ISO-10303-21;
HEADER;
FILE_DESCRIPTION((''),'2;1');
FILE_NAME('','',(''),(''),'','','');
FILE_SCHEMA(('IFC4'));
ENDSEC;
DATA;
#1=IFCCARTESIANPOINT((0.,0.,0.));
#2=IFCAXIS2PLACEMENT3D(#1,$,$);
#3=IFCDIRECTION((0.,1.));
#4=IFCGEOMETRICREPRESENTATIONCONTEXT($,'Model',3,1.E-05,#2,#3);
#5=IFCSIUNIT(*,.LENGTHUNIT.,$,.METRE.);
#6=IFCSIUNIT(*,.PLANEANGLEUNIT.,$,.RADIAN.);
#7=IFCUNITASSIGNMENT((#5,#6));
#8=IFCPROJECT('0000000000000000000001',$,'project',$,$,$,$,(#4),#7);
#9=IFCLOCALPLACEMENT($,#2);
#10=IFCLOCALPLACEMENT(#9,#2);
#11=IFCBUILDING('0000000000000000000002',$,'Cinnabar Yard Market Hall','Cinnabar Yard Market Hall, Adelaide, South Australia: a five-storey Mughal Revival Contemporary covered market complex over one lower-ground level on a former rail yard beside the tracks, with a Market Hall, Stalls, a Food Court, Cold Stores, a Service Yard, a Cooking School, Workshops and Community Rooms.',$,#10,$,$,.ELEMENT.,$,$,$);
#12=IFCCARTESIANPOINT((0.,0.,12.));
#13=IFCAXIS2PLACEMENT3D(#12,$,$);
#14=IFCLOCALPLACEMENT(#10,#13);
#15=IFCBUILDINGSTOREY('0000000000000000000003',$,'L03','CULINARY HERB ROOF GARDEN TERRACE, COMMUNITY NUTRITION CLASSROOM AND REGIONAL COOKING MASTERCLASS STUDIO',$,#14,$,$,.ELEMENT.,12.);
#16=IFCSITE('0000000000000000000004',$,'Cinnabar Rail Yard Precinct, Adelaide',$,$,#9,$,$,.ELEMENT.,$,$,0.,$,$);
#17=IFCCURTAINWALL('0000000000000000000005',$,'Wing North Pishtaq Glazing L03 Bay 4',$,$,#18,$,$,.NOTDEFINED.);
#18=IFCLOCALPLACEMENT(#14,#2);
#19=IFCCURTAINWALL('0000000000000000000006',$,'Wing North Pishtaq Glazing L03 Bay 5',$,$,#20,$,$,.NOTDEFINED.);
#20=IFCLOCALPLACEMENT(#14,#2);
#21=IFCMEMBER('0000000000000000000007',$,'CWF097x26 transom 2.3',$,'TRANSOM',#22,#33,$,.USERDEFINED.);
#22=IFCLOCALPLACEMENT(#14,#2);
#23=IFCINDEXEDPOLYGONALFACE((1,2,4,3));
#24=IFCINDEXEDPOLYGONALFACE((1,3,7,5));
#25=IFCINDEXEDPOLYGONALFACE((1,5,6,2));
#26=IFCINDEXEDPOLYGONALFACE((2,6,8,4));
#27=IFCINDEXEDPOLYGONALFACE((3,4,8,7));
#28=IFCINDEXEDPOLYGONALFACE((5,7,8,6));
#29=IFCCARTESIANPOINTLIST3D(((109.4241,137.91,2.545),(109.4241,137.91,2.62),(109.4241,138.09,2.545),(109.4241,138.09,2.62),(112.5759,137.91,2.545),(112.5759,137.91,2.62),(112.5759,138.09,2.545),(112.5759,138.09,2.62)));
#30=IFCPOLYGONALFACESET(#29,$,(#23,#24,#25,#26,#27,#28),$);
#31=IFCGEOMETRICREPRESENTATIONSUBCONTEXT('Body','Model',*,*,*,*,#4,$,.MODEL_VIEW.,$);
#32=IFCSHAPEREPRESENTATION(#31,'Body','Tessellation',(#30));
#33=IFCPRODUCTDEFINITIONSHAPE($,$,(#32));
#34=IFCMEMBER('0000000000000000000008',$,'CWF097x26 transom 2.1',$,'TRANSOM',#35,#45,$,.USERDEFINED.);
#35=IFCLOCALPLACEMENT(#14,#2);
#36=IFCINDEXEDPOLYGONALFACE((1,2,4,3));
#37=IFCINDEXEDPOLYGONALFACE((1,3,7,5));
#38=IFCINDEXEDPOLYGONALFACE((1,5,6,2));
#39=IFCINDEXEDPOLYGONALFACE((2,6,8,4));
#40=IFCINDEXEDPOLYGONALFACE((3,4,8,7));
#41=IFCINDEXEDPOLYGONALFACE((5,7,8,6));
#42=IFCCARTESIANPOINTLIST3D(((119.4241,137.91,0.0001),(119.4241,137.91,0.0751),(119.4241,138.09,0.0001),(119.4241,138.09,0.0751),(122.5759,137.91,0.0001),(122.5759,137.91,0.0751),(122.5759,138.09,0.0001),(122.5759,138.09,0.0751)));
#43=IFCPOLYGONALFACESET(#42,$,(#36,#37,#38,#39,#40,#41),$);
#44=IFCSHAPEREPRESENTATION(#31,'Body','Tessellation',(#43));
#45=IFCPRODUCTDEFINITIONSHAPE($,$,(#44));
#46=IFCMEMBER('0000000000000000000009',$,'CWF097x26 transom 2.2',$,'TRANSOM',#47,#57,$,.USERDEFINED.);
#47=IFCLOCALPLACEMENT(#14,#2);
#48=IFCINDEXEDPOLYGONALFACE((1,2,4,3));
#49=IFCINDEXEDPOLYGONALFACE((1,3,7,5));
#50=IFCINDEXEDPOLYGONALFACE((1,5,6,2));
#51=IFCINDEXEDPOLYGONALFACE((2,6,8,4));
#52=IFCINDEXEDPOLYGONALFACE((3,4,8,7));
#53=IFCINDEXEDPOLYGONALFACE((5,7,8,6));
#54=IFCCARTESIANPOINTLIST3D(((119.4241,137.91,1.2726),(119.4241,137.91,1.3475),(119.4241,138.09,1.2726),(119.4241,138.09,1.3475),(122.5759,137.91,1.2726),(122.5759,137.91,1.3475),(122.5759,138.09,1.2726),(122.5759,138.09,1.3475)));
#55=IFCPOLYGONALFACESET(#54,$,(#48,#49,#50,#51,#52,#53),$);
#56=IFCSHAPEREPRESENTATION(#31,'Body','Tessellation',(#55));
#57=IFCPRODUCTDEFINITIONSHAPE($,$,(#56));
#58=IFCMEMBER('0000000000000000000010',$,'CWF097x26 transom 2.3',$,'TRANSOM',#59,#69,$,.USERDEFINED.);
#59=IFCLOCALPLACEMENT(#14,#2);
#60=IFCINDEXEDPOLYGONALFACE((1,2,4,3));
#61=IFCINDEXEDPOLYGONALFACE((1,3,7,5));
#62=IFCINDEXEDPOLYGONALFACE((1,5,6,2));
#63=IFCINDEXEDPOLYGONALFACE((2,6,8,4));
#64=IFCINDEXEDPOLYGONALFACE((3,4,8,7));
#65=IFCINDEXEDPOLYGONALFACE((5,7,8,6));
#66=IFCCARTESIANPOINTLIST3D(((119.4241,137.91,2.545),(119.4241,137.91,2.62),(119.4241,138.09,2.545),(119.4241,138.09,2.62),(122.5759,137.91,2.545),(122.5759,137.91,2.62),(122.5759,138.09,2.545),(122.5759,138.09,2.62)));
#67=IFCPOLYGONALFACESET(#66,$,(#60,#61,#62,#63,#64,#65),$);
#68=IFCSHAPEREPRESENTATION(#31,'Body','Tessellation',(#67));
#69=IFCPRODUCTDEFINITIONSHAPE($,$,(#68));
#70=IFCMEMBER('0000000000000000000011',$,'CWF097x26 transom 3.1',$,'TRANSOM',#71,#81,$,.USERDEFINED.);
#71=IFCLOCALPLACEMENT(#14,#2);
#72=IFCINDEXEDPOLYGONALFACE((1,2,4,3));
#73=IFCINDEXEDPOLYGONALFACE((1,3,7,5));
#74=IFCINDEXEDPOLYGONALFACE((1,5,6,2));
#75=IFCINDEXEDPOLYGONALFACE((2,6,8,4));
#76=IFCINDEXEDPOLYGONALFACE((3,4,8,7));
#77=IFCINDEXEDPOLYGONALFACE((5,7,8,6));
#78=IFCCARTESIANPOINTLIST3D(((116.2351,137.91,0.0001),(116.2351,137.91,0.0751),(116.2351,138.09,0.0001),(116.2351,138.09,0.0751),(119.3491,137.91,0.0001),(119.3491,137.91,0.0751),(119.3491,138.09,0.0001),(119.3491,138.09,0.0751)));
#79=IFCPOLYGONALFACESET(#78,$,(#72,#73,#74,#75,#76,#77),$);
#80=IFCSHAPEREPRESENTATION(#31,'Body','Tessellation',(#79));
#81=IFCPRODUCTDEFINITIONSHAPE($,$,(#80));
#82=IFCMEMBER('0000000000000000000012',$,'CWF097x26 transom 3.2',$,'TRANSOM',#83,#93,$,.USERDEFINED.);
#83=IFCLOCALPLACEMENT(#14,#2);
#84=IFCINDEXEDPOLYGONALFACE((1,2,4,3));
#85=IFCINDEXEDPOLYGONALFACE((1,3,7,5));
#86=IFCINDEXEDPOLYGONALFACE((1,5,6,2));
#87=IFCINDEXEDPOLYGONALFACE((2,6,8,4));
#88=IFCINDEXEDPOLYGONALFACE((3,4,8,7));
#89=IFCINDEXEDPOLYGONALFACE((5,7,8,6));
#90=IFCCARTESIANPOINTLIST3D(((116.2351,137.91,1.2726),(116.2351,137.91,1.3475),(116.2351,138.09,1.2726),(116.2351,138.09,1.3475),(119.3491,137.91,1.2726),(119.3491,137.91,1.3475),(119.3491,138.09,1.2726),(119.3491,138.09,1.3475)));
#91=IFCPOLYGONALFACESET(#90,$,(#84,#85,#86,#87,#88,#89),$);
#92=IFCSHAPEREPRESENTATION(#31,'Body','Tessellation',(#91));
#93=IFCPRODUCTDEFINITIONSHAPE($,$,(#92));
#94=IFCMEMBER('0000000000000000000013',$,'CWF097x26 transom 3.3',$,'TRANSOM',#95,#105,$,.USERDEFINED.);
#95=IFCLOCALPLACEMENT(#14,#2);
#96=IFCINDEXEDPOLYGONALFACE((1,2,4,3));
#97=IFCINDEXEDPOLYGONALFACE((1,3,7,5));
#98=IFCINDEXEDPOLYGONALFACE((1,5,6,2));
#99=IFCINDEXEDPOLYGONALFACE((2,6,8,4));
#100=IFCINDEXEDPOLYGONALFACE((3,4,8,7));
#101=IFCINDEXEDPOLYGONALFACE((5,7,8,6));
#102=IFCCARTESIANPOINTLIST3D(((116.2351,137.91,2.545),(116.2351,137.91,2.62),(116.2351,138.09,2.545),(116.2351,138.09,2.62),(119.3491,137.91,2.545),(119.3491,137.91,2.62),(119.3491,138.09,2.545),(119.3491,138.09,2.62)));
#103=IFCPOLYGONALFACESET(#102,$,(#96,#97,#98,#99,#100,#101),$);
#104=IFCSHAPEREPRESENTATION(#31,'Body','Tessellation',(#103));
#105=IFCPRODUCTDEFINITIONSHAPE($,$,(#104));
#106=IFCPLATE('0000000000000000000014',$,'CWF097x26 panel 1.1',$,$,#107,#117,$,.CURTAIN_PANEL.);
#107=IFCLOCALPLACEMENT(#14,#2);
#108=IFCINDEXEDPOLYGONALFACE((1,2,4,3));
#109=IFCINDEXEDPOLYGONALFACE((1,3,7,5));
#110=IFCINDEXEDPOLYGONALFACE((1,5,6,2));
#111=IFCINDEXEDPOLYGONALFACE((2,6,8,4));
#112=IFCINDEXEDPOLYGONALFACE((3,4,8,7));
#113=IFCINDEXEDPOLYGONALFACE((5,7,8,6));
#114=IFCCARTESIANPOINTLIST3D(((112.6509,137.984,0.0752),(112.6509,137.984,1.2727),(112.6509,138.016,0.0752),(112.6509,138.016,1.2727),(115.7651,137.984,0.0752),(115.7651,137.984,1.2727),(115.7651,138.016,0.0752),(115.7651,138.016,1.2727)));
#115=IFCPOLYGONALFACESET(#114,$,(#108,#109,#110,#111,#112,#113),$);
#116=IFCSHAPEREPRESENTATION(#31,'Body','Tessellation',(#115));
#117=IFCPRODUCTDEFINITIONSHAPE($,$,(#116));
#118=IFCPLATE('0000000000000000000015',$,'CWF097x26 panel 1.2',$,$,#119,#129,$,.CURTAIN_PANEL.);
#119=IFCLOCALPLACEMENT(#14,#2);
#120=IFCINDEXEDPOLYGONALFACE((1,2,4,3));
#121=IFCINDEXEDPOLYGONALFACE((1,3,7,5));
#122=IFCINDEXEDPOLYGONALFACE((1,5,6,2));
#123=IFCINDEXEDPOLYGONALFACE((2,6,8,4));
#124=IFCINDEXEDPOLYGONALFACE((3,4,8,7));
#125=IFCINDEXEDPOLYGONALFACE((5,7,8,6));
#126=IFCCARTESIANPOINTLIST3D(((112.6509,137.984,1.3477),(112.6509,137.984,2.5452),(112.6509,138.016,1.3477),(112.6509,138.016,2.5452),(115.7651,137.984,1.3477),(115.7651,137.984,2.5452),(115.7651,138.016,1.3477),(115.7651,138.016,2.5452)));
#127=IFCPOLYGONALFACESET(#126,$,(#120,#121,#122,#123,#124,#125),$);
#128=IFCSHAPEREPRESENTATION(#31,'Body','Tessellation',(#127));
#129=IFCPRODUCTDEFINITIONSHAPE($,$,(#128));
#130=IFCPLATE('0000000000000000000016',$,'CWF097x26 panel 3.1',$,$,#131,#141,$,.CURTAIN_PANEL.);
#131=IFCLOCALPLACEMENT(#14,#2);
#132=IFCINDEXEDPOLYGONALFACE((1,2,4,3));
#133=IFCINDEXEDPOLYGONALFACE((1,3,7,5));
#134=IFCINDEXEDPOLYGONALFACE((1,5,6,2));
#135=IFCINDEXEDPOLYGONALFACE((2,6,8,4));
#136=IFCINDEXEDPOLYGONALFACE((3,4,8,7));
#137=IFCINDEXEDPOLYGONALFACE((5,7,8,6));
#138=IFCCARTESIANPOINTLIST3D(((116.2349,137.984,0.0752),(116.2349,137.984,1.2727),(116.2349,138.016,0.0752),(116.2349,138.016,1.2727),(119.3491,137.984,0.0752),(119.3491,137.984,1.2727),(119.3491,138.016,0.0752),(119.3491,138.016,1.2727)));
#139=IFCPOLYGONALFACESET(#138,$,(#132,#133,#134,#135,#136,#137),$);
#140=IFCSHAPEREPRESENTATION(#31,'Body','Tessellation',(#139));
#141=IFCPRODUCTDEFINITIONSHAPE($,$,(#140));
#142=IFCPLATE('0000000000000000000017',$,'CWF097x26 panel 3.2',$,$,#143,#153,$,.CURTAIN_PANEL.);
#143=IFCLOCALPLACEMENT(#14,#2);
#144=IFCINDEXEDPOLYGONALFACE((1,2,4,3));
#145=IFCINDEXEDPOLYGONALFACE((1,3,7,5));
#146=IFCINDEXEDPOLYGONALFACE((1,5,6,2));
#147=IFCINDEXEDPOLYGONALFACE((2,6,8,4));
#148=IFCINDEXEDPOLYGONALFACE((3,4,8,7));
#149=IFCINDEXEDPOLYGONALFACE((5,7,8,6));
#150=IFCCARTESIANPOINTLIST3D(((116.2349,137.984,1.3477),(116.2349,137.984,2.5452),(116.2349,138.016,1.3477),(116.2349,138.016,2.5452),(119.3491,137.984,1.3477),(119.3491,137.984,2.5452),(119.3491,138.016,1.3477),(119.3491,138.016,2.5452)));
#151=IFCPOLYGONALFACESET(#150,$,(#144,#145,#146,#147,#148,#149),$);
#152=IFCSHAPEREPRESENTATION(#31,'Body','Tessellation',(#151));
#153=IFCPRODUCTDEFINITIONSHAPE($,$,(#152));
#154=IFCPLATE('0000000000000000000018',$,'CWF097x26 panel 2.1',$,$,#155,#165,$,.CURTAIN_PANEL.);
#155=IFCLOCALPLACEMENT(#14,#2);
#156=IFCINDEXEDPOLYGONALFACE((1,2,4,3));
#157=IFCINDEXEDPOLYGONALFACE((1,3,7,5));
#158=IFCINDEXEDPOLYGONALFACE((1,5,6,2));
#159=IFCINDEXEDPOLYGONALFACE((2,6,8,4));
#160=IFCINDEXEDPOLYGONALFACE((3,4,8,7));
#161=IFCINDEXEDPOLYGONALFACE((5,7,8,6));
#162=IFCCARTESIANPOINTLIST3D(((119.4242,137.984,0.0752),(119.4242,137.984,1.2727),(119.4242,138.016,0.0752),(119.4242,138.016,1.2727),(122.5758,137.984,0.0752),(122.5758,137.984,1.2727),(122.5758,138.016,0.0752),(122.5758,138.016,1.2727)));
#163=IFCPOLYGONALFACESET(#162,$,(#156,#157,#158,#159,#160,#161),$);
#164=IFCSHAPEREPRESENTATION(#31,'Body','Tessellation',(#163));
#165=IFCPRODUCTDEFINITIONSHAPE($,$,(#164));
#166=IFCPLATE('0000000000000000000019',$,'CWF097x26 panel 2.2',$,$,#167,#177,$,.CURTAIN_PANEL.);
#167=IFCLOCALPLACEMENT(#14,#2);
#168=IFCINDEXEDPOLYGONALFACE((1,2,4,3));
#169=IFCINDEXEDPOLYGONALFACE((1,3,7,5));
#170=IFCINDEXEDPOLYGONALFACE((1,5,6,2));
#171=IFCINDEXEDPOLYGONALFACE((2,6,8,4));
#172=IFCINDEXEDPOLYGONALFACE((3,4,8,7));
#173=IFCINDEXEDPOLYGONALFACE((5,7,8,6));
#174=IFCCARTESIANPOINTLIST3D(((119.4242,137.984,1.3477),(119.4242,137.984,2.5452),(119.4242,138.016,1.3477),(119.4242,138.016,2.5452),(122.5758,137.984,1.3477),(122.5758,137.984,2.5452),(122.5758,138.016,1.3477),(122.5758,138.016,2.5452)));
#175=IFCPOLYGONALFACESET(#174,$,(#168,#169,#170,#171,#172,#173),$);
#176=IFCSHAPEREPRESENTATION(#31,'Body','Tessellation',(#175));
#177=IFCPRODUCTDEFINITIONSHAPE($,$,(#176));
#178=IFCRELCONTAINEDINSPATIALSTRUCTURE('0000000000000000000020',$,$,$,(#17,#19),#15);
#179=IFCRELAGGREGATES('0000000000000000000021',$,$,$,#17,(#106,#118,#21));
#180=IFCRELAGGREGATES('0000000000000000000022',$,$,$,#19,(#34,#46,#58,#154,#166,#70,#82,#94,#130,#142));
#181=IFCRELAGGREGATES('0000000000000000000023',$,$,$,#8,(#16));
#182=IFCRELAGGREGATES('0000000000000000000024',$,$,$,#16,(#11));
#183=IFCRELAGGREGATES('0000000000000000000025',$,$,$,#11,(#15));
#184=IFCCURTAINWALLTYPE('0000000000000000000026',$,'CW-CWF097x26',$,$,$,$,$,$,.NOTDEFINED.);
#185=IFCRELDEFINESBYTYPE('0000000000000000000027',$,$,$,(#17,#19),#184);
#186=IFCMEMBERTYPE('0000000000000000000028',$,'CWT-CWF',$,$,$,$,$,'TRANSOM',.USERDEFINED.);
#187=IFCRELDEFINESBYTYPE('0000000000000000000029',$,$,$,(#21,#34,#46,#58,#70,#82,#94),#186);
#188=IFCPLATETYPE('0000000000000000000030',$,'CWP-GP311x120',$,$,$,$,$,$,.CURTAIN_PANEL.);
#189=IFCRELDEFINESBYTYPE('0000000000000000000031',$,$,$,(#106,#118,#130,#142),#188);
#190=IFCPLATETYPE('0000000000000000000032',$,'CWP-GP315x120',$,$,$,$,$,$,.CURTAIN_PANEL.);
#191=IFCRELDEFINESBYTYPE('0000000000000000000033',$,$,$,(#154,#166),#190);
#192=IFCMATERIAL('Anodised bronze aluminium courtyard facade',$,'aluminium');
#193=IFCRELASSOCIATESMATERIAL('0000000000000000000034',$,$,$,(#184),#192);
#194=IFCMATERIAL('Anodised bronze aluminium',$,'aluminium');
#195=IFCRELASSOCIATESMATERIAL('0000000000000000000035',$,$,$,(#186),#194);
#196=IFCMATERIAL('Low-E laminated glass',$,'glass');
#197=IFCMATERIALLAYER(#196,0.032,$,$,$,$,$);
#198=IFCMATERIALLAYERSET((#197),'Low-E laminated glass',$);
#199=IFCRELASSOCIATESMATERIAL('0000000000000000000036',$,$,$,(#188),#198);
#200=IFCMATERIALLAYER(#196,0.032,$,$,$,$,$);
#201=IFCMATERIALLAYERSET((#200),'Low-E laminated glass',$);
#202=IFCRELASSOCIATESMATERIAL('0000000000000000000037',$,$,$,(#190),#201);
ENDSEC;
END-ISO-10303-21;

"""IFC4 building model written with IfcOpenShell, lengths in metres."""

from ifc_helpers import new_model, si_unit, direction, frame, origin, origin_2d_with_axis, place, context, subcontext, project, spatial, rectangle, extrude, material, layer, layer_set, material_profile, profile_set, type_object, element, aggregate, save


model = new_model("IFC4")

# Units and contexts
model_context = context("Model", 3, precision=1e-05, world=origin(), true_north=direction((0.0, 1.0)))
body_context = subcontext(model_context, "Body", "Model", "MODEL_VIEW")
ifc_project = project(units=[si_unit("LENGTHUNIT", "METRE"), si_unit("PLANEANGLEUNIT", "RADIAN")], contexts=[model_context])

# Site, building, storey
site_placement = place(None, origin())
site = spatial("IfcSite", under=ifc_project, at=site_placement, Name="Cinnabar Rail Yard Precinct, Adelaide", CompositionType="ELEMENT", RefElevation=0.0)
building_placement = place(site_placement, origin())
building = spatial("IfcBuilding", under=site, at=building_placement, Name="Cinnabar Yard Market Hall", Description="Cinnabar Yard Market Hall, Adelaide, South Australia: a five-storey Mughal Revival Contemporary covered market complex over one lower-ground level on a former rail yard beside the tracks, with a Market Hall, Stalls, a Food Court, Cold Stores, a Service Yard, a Cooking School, Workshops and Community Rooms.", CompositionType="ELEMENT")
storey_placement = place(building_placement, frame((0.0, 0.0, 12.0)))
storey = spatial("IfcBuildingStorey", under=building, at=storey_placement, Name="L03", Description="CULINARY HERB ROOF GARDEN TERRACE, COMMUNITY NUTRITION CLASSROOM AND REGIONAL COOKING MASTERCLASS STUDIO", CompositionType="ELEMENT", Elevation=12.0)

# Curtain walls
ifc_material_1 = material(Name="Anodised bronze aluminium courtyard facade", Category="aluminium")
curtain_wall_type = type_object("IfcCurtainWallType", Name="CW-CWF097x26", PredefinedType="NOTDEFINED", material=ifc_material_1)
curtain_wall_1_placement = place(storey_placement, origin())
curtain_wall_1 = element("IfcCurtainWall", 1, at=curtain_wall_1_placement, inside=storey, type_object=curtain_wall_type, Name="Wing North Pishtaq Glazing L03 Bay 4", PredefinedType="NOTDEFINED")
ifc_material_2 = material(Name="Anodised bronze aluminium", Category="aluminium")
curtain_wall_2_placement = place(storey_placement, origin())
curtain_wall_2 = element("IfcCurtainWall", 2, at=curtain_wall_2_placement, inside=storey, type_object=curtain_wall_type, Name="Wing North Pishtaq Glazing L03 Bay 5", PredefinedType="NOTDEFINED")

# Members
ifc_material_profile_1 = material_profile(ifc_material_2, rectangle(XDim=0.1799, YDim=0.075, at=origin_2d_with_axis()), Name="TRN-CWF")
ifc_profile_set_1 = profile_set([ifc_material_profile_1], Name="Anodised bronze aluminium")
member_type_1 = type_object("IfcMemberType", Name="CWT-CWF", ElementType="TRANSOM", PredefinedType="USERDEFINED", material=ifc_profile_set_1)
member_1_placement = place(storey_placement, frame((112.5759, 138.0, 2.5825), z_axis=(-1.0, 0.0, 0.0), x_axis=(0.0, -1.0, 0.0)))
member_1 = element("IfcMember", 3, at=member_1_placement, type_object=member_type_1, Name="CWF097x26 transom 2.3", ObjectType="TRANSOM", PredefinedType="USERDEFINED", context=body_context, shape_type="SweptSolid", body=[
    extrude(rectangle(XDim=0.1799, YDim=0.075, at=origin_2d_with_axis()), origin(), (0.0, 0.0, 1.0), 3.1519),
])
member_2_placement = place(storey_placement, frame((122.5759, 138.0, 0.0376), z_axis=(-1.0, 0.0, 0.0), x_axis=(0.0, -1.0, 0.0)))
member_2 = element("IfcMember", 4, at=member_2_placement, type_object=member_type_1, Name="CWF097x26 transom 2.1", ObjectType="TRANSOM", PredefinedType="USERDEFINED", context=body_context, shape_type="SweptSolid", body=[
    extrude(rectangle(XDim=0.1799, YDim=0.075, at=origin_2d_with_axis()), origin(), (0.0, 0.0, 1.0), 3.1519),
])
member_3_placement = place(storey_placement, frame((122.5759, 138.0, 1.3101), z_axis=(-1.0, 0.0, 0.0), x_axis=(0.0, -1.0, 0.0)))
member_3 = element("IfcMember", 5, at=member_3_placement, type_object=member_type_1, Name="CWF097x26 transom 2.2", ObjectType="TRANSOM", PredefinedType="USERDEFINED", context=body_context, shape_type="SweptSolid", body=[
    extrude(rectangle(XDim=0.1799, YDim=0.075, at=origin_2d_with_axis()), origin(), (0.0, 0.0, 1.0), 3.1519),
])
member_4_placement = place(storey_placement, frame((122.5759, 138.0, 2.5825), z_axis=(-1.0, 0.0, 0.0), x_axis=(0.0, -1.0, 0.0)))
member_4 = element("IfcMember", 6, at=member_4_placement, type_object=member_type_1, Name="CWF097x26 transom 2.3", ObjectType="TRANSOM", PredefinedType="USERDEFINED", context=body_context, shape_type="SweptSolid", body=[
    extrude(rectangle(XDim=0.1799, YDim=0.075, at=origin_2d_with_axis()), origin(), (0.0, 0.0, 1.0), 3.1519),
])
member_5_placement = place(storey_placement, frame((119.3491, 138.0, 0.0376), z_axis=(-1.0, 0.0, 0.0), x_axis=(0.0, -1.0, 0.0)))
member_5 = element("IfcMember", 7, at=member_5_placement, type_object=member_type_1, Name="CWF097x26 transom 3.1", ObjectType="TRANSOM", PredefinedType="USERDEFINED", context=body_context, shape_type="SweptSolid", body=[
    extrude(rectangle(XDim=0.1799, YDim=0.075, at=origin_2d_with_axis()), origin(), (0.0, 0.0, 1.0), 3.114),
])
member_6_placement = place(storey_placement, frame((119.3491, 138.0, 1.3101), z_axis=(-1.0, 0.0, 0.0), x_axis=(0.0, -1.0, 0.0)))
member_6 = element("IfcMember", 8, at=member_6_placement, type_object=member_type_1, Name="CWF097x26 transom 3.2", ObjectType="TRANSOM", PredefinedType="USERDEFINED", context=body_context, shape_type="SweptSolid", body=[
    extrude(rectangle(XDim=0.1799, YDim=0.075, at=origin_2d_with_axis()), origin(), (0.0, 0.0, 1.0), 3.114),
])
member_7_placement = place(storey_placement, frame((119.3491, 138.0, 2.5825), z_axis=(-1.0, 0.0, 0.0), x_axis=(0.0, -1.0, 0.0)))
member_7 = element("IfcMember", 9, at=member_7_placement, type_object=member_type_1, Name="CWF097x26 transom 3.3", ObjectType="TRANSOM", PredefinedType="USERDEFINED", context=body_context, shape_type="SweptSolid", body=[
    extrude(rectangle(XDim=0.1799, YDim=0.075, at=origin_2d_with_axis()), origin(), (0.0, 0.0, 1.0), 3.114),
])

# Plates
ifc_material_3 = material(Name="Low-E laminated glass", Category="glass")
ifc_layer_1 = layer(ifc_material_3, 0.032)
ifc_layer_set_1 = layer_set([ifc_layer_1], Name="Low-E laminated glass")
plate_type_1 = type_object("IfcPlateType", Name="CWP-GP311x120", PredefinedType="CURTAIN_PANEL", material=ifc_layer_set_1)
plate_1_placement = place(storey_placement, frame((114.208, 138.0, 0.0752), z_axis=(0.0, 0.0, 1.0), x_axis=(-1.0, 0.0, 0.0)))
plate_1 = element("IfcPlate", 10, at=plate_1_placement, type_object=plate_type_1, Name="CWF097x26 panel 1.1", PredefinedType="CURTAIN_PANEL", context=body_context, shape_type="SweptSolid", body=[
    extrude(rectangle(XDim=3.1143, YDim=0.032, at=origin_2d_with_axis()), origin(), (0.0, 0.0, 1.0), 1.1975),
])
plate_2_placement = place(storey_placement, frame((114.208, 138.0, 1.3477), z_axis=(0.0, 0.0, 1.0), x_axis=(-1.0, 0.0, 0.0)))
plate_2 = element("IfcPlate", 11, at=plate_2_placement, type_object=plate_type_1, Name="CWF097x26 panel 1.2", PredefinedType="CURTAIN_PANEL", context=body_context, shape_type="SweptSolid", body=[
    extrude(rectangle(XDim=3.1143, YDim=0.032, at=origin_2d_with_axis()), origin(), (0.0, 0.0, 1.0), 1.1975),
])
aggregate(curtain_wall_1, [plate_1, plate_2, member_1])
plate_3_placement = place(storey_placement, frame((117.792, 138.0, 0.0752), z_axis=(0.0, 0.0, 1.0), x_axis=(-1.0, 0.0, 0.0)))
plate_3 = element("IfcPlate", 12, at=plate_3_placement, type_object=plate_type_1, Name="CWF097x26 panel 3.1", PredefinedType="CURTAIN_PANEL", context=body_context, shape_type="SweptSolid", body=[
    extrude(rectangle(XDim=3.1143, YDim=0.032, at=origin_2d_with_axis()), origin(), (0.0, 0.0, 1.0), 1.1975),
])
plate_4_placement = place(storey_placement, frame((117.792, 138.0, 1.3477), z_axis=(0.0, 0.0, 1.0), x_axis=(-1.0, 0.0, 0.0)))
plate_4 = element("IfcPlate", 13, at=plate_4_placement, type_object=plate_type_1, Name="CWF097x26 panel 3.2", PredefinedType="CURTAIN_PANEL", context=body_context, shape_type="SweptSolid", body=[
    extrude(rectangle(XDim=3.1143, YDim=0.032, at=origin_2d_with_axis()), origin(), (0.0, 0.0, 1.0), 1.1975),
])
ifc_layer_2 = layer(ifc_material_3, 0.032)
ifc_layer_set_2 = layer_set([ifc_layer_2], Name="Low-E laminated glass")
plate_type_2 = type_object("IfcPlateType", Name="CWP-GP315x120", PredefinedType="CURTAIN_PANEL", material=ifc_layer_set_2)
plate_5_placement = place(storey_placement, frame((121.0, 138.0, 0.0752), z_axis=(0.0, 0.0, 1.0), x_axis=(-1.0, 0.0, 0.0)))
plate_5 = element("IfcPlate", 14, at=plate_5_placement, type_object=plate_type_2, Name="CWF097x26 panel 2.1", PredefinedType="CURTAIN_PANEL", context=body_context, shape_type="SweptSolid", body=[
    extrude(rectangle(XDim=3.1516, YDim=0.032, at=origin_2d_with_axis()), origin(), (0.0, 0.0, 1.0), 1.1975),
])
plate_6_placement = place(storey_placement, frame((121.0, 138.0, 1.3477), z_axis=(0.0, 0.0, 1.0), x_axis=(-1.0, 0.0, 0.0)))
plate_6 = element("IfcPlate", 15, at=plate_6_placement, type_object=plate_type_2, Name="CWF097x26 panel 2.2", PredefinedType="CURTAIN_PANEL", context=body_context, shape_type="SweptSolid", body=[
    extrude(rectangle(XDim=3.1516, YDim=0.032, at=origin_2d_with_axis()), origin(), (0.0, 0.0, 1.0), 1.1975),
])
aggregate(curtain_wall_2, [member_2, member_3, member_4, plate_5, plate_6, member_5, member_6, member_7, plate_3, plate_4])

save(model, "model.ifc")
